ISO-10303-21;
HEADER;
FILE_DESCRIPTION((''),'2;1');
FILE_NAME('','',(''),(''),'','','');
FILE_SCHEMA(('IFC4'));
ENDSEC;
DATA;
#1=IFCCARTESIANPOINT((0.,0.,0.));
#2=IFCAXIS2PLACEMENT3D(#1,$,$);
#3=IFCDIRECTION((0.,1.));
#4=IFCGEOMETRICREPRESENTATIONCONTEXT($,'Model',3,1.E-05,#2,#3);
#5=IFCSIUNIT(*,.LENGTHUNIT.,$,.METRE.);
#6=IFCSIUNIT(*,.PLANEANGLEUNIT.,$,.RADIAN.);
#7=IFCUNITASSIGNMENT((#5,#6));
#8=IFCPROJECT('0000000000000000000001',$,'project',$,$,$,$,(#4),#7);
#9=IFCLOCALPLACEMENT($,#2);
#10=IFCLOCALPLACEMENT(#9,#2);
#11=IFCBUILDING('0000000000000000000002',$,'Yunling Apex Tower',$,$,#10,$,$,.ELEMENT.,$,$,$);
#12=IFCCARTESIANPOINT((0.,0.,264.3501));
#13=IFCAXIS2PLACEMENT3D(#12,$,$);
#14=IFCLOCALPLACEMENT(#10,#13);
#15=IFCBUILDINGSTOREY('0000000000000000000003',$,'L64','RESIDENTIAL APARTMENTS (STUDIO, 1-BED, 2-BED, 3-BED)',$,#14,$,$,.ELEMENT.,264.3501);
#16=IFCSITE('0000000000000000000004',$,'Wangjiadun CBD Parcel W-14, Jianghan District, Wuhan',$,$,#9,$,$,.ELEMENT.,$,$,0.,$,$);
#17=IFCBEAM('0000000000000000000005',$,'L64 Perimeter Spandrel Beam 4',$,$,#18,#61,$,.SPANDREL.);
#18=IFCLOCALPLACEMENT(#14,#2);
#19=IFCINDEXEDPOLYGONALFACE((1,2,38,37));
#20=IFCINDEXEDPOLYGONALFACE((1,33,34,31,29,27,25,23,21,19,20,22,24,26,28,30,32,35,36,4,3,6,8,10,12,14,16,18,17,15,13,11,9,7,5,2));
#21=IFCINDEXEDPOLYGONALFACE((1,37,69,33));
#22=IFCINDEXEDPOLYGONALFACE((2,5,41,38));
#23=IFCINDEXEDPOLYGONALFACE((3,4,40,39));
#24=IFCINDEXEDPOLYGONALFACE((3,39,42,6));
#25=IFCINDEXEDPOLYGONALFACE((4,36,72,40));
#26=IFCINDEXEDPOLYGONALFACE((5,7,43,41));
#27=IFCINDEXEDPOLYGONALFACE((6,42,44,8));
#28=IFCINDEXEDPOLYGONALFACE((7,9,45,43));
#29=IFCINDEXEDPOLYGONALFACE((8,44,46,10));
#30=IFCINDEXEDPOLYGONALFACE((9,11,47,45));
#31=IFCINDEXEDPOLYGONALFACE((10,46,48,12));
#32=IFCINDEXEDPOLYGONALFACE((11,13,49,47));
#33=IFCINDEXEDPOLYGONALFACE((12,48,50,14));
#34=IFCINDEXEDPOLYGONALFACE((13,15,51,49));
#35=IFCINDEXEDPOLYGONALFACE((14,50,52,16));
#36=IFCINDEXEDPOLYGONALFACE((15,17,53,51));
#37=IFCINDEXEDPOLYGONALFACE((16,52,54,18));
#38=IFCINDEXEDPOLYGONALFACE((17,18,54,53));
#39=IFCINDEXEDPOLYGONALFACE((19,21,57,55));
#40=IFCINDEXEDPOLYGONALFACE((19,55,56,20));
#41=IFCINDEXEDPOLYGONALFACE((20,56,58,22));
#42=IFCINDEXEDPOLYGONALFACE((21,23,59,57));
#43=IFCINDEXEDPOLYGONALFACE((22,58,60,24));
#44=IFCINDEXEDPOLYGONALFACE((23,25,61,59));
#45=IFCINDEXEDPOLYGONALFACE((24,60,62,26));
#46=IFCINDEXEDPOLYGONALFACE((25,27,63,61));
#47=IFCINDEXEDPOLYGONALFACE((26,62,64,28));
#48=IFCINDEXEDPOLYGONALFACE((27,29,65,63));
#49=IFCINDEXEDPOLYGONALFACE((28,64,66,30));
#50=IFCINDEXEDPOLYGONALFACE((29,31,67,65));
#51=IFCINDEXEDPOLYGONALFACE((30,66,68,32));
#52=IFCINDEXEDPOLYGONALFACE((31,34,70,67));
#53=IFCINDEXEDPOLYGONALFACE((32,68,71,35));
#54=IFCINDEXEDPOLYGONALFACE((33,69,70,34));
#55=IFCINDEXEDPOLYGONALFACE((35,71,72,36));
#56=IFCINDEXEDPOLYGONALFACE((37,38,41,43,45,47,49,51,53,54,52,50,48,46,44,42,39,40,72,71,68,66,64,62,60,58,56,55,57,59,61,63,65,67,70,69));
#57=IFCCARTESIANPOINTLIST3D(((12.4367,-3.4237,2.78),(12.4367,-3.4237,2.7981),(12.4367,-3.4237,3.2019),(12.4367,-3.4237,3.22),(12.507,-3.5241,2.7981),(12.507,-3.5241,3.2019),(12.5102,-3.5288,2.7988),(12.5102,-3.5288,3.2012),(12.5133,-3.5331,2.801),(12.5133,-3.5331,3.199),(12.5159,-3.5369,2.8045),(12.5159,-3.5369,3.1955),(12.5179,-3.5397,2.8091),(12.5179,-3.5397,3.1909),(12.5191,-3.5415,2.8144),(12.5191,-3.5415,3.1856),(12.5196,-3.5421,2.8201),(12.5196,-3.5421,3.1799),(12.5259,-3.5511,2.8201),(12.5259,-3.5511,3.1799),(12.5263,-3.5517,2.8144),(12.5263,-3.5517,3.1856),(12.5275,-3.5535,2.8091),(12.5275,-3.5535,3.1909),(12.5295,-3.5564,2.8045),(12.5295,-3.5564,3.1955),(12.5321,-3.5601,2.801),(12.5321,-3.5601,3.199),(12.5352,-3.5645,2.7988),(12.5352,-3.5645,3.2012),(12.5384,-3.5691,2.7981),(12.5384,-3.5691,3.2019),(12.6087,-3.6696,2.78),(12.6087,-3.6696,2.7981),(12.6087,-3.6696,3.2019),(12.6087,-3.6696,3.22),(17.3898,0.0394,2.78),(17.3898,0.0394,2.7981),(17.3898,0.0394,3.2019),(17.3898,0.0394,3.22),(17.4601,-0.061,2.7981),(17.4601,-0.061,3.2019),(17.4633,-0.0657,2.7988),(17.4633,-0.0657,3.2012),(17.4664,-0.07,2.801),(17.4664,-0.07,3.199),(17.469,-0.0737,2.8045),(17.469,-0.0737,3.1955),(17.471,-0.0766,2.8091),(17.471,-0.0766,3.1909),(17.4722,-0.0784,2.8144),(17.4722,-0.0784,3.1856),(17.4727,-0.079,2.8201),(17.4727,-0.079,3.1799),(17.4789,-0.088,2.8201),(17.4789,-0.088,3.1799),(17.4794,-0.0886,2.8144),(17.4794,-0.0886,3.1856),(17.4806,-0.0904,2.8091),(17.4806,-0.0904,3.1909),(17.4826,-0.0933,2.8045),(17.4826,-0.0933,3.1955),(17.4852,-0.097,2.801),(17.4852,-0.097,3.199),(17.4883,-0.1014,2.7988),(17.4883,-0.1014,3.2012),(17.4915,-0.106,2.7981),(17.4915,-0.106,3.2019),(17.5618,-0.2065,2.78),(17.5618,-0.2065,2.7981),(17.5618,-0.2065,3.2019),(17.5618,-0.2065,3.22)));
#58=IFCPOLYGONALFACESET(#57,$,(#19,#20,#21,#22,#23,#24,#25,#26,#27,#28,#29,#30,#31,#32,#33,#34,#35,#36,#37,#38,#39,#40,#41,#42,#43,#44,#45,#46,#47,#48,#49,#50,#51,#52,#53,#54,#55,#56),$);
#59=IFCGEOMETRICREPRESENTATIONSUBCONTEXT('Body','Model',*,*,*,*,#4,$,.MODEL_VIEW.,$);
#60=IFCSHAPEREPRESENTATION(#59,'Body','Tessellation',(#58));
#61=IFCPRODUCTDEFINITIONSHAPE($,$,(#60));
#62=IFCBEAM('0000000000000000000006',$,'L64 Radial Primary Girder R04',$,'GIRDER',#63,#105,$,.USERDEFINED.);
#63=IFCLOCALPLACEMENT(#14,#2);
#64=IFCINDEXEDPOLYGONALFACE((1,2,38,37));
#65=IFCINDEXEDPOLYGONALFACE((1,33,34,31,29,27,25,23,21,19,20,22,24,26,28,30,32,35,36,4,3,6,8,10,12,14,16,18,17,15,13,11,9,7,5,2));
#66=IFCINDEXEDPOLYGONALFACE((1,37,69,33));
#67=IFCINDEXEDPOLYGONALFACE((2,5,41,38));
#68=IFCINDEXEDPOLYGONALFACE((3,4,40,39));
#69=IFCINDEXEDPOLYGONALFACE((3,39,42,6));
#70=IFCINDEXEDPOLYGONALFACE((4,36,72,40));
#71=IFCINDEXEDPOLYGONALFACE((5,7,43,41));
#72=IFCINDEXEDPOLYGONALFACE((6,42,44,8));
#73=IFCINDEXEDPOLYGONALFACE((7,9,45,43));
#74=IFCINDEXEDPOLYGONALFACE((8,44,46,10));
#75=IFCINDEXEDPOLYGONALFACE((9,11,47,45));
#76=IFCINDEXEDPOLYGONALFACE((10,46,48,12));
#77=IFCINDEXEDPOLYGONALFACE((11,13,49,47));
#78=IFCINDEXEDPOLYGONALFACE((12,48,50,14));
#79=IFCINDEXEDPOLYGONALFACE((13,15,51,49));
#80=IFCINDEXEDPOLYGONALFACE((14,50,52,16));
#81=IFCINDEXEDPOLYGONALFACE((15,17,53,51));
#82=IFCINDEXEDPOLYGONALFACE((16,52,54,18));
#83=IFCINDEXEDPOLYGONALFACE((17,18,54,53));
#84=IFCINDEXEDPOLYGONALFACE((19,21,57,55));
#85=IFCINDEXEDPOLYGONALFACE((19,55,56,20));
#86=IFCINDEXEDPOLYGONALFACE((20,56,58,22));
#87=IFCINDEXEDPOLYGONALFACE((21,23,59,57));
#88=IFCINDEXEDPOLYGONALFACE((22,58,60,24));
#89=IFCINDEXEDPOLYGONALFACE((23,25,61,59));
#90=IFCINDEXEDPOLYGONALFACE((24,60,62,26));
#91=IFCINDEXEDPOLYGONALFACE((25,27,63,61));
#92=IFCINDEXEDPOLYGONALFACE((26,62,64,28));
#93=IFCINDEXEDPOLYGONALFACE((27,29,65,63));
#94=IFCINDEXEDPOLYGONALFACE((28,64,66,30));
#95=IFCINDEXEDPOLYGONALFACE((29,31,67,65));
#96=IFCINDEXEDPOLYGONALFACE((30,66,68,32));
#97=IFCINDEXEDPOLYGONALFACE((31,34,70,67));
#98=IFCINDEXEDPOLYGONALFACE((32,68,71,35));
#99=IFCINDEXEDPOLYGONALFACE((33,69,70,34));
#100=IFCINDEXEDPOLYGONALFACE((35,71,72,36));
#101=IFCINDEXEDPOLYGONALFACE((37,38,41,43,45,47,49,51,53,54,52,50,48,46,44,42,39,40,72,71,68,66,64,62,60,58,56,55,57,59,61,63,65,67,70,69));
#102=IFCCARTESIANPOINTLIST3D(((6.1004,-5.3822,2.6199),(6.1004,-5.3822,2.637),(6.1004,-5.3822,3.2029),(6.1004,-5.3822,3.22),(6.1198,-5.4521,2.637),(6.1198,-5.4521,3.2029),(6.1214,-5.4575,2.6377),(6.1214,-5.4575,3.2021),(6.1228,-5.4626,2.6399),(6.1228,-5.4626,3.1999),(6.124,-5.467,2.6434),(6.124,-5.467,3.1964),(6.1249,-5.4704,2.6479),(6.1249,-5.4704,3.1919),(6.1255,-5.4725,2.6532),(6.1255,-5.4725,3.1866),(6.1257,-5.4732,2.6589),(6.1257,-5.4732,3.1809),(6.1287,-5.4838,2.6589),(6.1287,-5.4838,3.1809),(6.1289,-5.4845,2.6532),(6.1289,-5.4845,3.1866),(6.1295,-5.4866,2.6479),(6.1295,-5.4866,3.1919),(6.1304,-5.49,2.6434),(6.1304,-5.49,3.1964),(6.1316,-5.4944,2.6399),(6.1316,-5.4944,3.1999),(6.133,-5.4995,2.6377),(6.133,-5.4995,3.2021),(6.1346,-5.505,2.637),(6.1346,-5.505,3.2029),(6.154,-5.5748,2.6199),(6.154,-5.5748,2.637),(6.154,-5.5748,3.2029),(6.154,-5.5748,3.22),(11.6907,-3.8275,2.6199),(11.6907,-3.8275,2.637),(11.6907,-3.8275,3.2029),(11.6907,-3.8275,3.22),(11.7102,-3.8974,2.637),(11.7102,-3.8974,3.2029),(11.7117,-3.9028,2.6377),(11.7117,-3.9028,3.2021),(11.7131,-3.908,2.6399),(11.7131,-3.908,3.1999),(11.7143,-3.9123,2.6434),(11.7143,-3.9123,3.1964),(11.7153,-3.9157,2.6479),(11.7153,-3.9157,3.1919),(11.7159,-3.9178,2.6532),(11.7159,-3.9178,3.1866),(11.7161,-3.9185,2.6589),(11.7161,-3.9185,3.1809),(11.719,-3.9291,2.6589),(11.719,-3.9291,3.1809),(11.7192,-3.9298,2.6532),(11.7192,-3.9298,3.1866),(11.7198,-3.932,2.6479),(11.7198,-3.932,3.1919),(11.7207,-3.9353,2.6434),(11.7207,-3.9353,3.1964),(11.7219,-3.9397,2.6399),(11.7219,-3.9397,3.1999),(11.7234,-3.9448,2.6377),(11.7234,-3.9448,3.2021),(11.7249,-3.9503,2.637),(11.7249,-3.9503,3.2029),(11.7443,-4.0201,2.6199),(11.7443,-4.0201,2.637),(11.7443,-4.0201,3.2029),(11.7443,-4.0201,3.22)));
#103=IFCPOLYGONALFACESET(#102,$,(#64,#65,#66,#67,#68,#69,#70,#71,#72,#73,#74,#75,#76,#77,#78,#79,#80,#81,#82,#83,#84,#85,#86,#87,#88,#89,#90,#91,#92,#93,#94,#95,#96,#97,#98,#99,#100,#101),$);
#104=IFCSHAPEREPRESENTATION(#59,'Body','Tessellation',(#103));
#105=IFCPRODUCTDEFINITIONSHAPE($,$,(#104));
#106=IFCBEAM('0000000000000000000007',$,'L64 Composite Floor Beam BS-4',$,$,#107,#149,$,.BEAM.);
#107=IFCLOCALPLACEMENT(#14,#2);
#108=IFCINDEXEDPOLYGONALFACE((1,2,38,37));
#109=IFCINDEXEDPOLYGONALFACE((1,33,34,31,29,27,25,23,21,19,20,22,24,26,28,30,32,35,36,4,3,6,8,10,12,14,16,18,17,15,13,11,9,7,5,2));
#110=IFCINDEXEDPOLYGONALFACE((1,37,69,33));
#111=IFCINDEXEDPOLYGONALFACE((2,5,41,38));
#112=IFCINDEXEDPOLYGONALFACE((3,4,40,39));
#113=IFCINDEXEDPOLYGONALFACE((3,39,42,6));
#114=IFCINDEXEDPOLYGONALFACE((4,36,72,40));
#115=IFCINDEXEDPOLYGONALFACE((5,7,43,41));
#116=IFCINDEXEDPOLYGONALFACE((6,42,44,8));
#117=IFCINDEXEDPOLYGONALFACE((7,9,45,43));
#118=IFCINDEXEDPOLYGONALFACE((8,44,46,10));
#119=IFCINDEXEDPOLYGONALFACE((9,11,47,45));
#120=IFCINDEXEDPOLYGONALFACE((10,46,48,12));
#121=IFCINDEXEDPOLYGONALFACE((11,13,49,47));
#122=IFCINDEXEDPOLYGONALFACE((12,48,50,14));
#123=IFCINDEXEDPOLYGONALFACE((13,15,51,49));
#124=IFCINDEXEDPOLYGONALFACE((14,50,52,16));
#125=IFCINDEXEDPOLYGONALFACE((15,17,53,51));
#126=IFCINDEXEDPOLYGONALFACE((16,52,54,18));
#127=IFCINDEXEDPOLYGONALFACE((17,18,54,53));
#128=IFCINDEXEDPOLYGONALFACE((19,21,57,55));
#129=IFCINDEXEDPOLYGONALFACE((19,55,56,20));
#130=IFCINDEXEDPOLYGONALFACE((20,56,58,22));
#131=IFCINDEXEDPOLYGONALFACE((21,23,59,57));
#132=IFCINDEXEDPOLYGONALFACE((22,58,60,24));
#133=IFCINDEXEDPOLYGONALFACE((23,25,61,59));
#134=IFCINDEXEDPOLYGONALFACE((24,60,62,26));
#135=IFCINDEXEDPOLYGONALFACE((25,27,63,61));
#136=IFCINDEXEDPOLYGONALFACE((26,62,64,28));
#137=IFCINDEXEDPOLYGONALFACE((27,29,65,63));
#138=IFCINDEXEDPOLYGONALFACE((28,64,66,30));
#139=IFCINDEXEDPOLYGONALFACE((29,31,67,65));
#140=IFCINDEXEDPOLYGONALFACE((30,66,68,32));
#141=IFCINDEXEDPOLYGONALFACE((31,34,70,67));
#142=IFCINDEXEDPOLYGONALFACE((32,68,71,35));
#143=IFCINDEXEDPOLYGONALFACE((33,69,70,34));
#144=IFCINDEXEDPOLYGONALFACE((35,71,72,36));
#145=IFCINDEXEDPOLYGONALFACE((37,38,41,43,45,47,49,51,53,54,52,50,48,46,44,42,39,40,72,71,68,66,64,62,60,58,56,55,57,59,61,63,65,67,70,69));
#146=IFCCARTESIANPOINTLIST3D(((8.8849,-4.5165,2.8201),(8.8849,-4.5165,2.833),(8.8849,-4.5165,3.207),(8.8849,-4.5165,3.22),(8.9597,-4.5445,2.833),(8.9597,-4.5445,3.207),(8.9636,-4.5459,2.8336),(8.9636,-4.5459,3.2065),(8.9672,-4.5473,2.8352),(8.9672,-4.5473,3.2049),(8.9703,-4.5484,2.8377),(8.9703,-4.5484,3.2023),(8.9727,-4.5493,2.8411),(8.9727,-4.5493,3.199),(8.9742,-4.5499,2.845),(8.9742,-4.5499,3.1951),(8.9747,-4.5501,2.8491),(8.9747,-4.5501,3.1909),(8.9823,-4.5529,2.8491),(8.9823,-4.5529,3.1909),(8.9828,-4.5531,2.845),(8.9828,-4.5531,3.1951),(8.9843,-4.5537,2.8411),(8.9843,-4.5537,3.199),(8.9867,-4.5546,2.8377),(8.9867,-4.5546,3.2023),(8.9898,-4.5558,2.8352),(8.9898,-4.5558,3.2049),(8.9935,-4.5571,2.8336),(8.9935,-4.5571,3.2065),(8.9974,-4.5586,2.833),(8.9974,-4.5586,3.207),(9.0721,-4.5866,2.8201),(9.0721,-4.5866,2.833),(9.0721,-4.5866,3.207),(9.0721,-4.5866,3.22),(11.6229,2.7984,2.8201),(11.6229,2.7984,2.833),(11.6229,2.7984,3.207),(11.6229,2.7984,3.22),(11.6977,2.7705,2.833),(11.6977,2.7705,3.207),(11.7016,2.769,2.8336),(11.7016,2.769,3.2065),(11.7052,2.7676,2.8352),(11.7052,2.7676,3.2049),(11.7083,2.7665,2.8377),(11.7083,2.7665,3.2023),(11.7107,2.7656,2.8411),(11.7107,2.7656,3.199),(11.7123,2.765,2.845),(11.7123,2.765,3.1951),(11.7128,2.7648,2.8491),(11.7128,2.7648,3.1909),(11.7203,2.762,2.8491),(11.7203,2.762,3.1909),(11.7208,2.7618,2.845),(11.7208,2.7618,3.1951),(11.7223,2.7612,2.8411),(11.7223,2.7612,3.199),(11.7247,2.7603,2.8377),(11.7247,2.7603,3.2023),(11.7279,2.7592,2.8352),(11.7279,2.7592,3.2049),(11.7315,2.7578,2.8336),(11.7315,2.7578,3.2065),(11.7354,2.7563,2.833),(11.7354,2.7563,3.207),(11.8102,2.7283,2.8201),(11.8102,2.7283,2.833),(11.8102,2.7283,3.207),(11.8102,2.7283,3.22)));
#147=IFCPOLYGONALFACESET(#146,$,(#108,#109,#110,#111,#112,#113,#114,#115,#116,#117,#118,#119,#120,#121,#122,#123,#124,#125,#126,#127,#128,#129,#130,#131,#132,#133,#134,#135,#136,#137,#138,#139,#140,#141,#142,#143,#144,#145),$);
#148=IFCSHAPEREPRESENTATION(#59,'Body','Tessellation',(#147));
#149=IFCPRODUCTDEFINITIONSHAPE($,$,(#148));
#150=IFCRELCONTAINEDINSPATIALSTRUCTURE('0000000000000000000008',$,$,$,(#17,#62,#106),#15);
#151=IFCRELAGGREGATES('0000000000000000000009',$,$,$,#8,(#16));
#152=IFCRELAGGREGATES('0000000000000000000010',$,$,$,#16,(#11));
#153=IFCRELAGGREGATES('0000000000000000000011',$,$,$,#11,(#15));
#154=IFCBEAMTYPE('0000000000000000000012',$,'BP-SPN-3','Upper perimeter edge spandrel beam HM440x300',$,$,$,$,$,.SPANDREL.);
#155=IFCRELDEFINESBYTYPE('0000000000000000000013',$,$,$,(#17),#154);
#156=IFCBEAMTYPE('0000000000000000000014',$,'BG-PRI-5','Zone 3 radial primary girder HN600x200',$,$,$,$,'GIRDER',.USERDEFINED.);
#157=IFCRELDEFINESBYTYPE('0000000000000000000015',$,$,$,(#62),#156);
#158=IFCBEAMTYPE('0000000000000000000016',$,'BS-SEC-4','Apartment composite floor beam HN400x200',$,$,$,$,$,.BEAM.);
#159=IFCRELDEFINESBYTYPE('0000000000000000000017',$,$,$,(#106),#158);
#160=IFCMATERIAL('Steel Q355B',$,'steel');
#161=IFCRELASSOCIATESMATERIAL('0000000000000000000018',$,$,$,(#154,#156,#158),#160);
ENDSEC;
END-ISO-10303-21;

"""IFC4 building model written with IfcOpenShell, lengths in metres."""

from ifc_helpers import new_model, si_unit, direction, frame, origin, origin_2d, place, context, subcontext, project, spatial, i_section, extrude, source, transform, mapped, material, material_profile, profile_set, type_object, element, save


model = new_model("IFC4")

# Units and contexts
model_context = context("Model", 3, precision=1e-05, world=origin(), true_north=direction((0.0, 1.0)))
body_context = subcontext(model_context, "Body", "Model", "MODEL_VIEW")
ifc_project = project(units=[si_unit("LENGTHUNIT", "METRE"), si_unit("PLANEANGLEUNIT", "RADIAN")], contexts=[model_context])

# Site, building, storey
site_placement = place(None, origin())
site = spatial("IfcSite", under=ifc_project, at=site_placement, Name="Wangjiadun CBD Parcel W-14, Jianghan District, Wuhan", CompositionType="ELEMENT", RefElevation=0.0)
building_placement = place(site_placement, origin())
building = spatial("IfcBuilding", under=site, at=building_placement, Name="Yunling Apex Tower", CompositionType="ELEMENT")
storey_placement = place(building_placement, frame((0.0, 0.0, 264.3501)))
storey = spatial("IfcBuildingStorey", under=building, at=storey_placement, Name="L64", Description="RESIDENTIAL APARTMENTS (STUDIO, 1-BED, 2-BED, 3-BED)", CompositionType="ELEMENT", Elevation=264.3501)

# Shared definitions
ifc_material_1 = material(Name="Steel Q355B", Category="steel")

# Beams
ifc_material_profile_1 = material_profile(ifc_material_1, i_section(OverallWidth=0.3, OverallDepth=0.4399, WebThickness=0.011, FlangeThickness=0.0181, FilletRadius=0.022, at=origin_2d()))
ifc_profile_set_1 = profile_set([ifc_material_profile_1], Name="Steel Q355B")
beam_type_1 = type_object("IfcBeamType", Name="BP-SPN-3", Description="Upper perimeter edge spandrel beam HM440x300", PredefinedType="SPANDREL", material=ifc_profile_set_1)
shared_shape_1 = source(origin(), body_context, "Body", "SweptSolid", [
    extrude(i_section(OverallWidth=0.3, OverallDepth=0.4399, WebThickness=0.011, FlangeThickness=0.0181, FilletRadius=0.022, at=origin_2d()), origin(), (0.0, 0.0, 1.0), 6.0437),
])
beam_1_placement = place(storey_placement, frame((12.5227, -3.5466, 3.0), z_axis=(0.819547, 0.573012, 0.0), x_axis=(-0.573012, 0.819547, 0.0)))
element("IfcBeam", 1, at=beam_1_placement, inside=storey, type_object=beam_type_1, Name="L64 Perimeter Spandrel Beam 4", PredefinedType="SPANDREL", context=body_context, shape_type="MappedRepresentation", body=[
    mapped(shared_shape_1, transform((0.0, 0.0, 0.0), scale=1.0)),
])
ifc_material_profile_2 = material_profile(ifc_material_1, i_section(OverallWidth=0.2, OverallDepth=0.6001, WebThickness=0.011, FlangeThickness=0.0171, FilletRadius=0.022, at=origin_2d()))
ifc_profile_set_2 = profile_set([ifc_material_profile_2], Name="Steel Q355B")
beam_type_2 = type_object("IfcBeamType", Name="BG-PRI-5", Description="Zone 3 radial primary girder HN600x200", ElementType="GIRDER", PredefinedType="USERDEFINED", material=ifc_profile_set_2)
shared_shape_2 = source(origin(), body_context, "Body", "SweptSolid", [
    extrude(i_section(OverallWidth=0.2, OverallDepth=0.6001, WebThickness=0.011, FlangeThickness=0.0171, FilletRadius=0.022, at=origin_2d()), origin(), (0.0, 0.0, 1.0), 5.8025),
])
beam_2_placement = place(storey_placement, frame((11.7175, -3.9238, 2.9199), z_axis=(-0.963437, -0.267935, 0.0), x_axis=(0.267935, -0.963437, 0.0)))
element("IfcBeam", 2, at=beam_2_placement, inside=storey, type_object=beam_type_2, Name="L64 Radial Primary Girder R04", ObjectType="GIRDER", PredefinedType="USERDEFINED", context=body_context, shape_type="MappedRepresentation", body=[
    mapped(shared_shape_2, transform((0.0, 0.0, 0.0), scale=1.0)),
])
ifc_material_profile_3 = material_profile(ifc_material_1, i_section(OverallWidth=0.2, OverallDepth=0.3999, WebThickness=0.0081, FlangeThickness=0.0129, FilletRadius=0.0161, at=origin_2d()))
ifc_profile_set_3 = profile_set([ifc_material_profile_3], Name="Steel Q355B")
beam_type_3 = type_object("IfcBeamType", Name="BS-SEC-4", Description="Apartment composite floor beam HN400x200", PredefinedType="BEAM", material=ifc_profile_set_3)
shared_shape_3 = source(origin(), body_context, "Body", "SweptSolid", [
    extrude(i_section(OverallWidth=0.2, OverallDepth=0.3999, WebThickness=0.0081, FlangeThickness=0.0129, FilletRadius=0.0161, at=origin_2d()), origin(), (0.0, 0.0, 1.0), 7.8105),
])
beam_3_placement = place(storey_placement, frame((8.9785, -4.5515, 3.02), z_axis=(0.350555, 0.936542, 0.0), x_axis=(-0.936542, 0.350555, 0.0)))
element("IfcBeam", 3, at=beam_3_placement, inside=storey, type_object=beam_type_3, Name="L64 Composite Floor Beam BS-4", PredefinedType="BEAM", context=body_context, shape_type="MappedRepresentation", body=[
    mapped(shared_shape_3, transform((0.0, 0.0, 0.0), scale=1.0)),
])

save(model, "model.ifc")
